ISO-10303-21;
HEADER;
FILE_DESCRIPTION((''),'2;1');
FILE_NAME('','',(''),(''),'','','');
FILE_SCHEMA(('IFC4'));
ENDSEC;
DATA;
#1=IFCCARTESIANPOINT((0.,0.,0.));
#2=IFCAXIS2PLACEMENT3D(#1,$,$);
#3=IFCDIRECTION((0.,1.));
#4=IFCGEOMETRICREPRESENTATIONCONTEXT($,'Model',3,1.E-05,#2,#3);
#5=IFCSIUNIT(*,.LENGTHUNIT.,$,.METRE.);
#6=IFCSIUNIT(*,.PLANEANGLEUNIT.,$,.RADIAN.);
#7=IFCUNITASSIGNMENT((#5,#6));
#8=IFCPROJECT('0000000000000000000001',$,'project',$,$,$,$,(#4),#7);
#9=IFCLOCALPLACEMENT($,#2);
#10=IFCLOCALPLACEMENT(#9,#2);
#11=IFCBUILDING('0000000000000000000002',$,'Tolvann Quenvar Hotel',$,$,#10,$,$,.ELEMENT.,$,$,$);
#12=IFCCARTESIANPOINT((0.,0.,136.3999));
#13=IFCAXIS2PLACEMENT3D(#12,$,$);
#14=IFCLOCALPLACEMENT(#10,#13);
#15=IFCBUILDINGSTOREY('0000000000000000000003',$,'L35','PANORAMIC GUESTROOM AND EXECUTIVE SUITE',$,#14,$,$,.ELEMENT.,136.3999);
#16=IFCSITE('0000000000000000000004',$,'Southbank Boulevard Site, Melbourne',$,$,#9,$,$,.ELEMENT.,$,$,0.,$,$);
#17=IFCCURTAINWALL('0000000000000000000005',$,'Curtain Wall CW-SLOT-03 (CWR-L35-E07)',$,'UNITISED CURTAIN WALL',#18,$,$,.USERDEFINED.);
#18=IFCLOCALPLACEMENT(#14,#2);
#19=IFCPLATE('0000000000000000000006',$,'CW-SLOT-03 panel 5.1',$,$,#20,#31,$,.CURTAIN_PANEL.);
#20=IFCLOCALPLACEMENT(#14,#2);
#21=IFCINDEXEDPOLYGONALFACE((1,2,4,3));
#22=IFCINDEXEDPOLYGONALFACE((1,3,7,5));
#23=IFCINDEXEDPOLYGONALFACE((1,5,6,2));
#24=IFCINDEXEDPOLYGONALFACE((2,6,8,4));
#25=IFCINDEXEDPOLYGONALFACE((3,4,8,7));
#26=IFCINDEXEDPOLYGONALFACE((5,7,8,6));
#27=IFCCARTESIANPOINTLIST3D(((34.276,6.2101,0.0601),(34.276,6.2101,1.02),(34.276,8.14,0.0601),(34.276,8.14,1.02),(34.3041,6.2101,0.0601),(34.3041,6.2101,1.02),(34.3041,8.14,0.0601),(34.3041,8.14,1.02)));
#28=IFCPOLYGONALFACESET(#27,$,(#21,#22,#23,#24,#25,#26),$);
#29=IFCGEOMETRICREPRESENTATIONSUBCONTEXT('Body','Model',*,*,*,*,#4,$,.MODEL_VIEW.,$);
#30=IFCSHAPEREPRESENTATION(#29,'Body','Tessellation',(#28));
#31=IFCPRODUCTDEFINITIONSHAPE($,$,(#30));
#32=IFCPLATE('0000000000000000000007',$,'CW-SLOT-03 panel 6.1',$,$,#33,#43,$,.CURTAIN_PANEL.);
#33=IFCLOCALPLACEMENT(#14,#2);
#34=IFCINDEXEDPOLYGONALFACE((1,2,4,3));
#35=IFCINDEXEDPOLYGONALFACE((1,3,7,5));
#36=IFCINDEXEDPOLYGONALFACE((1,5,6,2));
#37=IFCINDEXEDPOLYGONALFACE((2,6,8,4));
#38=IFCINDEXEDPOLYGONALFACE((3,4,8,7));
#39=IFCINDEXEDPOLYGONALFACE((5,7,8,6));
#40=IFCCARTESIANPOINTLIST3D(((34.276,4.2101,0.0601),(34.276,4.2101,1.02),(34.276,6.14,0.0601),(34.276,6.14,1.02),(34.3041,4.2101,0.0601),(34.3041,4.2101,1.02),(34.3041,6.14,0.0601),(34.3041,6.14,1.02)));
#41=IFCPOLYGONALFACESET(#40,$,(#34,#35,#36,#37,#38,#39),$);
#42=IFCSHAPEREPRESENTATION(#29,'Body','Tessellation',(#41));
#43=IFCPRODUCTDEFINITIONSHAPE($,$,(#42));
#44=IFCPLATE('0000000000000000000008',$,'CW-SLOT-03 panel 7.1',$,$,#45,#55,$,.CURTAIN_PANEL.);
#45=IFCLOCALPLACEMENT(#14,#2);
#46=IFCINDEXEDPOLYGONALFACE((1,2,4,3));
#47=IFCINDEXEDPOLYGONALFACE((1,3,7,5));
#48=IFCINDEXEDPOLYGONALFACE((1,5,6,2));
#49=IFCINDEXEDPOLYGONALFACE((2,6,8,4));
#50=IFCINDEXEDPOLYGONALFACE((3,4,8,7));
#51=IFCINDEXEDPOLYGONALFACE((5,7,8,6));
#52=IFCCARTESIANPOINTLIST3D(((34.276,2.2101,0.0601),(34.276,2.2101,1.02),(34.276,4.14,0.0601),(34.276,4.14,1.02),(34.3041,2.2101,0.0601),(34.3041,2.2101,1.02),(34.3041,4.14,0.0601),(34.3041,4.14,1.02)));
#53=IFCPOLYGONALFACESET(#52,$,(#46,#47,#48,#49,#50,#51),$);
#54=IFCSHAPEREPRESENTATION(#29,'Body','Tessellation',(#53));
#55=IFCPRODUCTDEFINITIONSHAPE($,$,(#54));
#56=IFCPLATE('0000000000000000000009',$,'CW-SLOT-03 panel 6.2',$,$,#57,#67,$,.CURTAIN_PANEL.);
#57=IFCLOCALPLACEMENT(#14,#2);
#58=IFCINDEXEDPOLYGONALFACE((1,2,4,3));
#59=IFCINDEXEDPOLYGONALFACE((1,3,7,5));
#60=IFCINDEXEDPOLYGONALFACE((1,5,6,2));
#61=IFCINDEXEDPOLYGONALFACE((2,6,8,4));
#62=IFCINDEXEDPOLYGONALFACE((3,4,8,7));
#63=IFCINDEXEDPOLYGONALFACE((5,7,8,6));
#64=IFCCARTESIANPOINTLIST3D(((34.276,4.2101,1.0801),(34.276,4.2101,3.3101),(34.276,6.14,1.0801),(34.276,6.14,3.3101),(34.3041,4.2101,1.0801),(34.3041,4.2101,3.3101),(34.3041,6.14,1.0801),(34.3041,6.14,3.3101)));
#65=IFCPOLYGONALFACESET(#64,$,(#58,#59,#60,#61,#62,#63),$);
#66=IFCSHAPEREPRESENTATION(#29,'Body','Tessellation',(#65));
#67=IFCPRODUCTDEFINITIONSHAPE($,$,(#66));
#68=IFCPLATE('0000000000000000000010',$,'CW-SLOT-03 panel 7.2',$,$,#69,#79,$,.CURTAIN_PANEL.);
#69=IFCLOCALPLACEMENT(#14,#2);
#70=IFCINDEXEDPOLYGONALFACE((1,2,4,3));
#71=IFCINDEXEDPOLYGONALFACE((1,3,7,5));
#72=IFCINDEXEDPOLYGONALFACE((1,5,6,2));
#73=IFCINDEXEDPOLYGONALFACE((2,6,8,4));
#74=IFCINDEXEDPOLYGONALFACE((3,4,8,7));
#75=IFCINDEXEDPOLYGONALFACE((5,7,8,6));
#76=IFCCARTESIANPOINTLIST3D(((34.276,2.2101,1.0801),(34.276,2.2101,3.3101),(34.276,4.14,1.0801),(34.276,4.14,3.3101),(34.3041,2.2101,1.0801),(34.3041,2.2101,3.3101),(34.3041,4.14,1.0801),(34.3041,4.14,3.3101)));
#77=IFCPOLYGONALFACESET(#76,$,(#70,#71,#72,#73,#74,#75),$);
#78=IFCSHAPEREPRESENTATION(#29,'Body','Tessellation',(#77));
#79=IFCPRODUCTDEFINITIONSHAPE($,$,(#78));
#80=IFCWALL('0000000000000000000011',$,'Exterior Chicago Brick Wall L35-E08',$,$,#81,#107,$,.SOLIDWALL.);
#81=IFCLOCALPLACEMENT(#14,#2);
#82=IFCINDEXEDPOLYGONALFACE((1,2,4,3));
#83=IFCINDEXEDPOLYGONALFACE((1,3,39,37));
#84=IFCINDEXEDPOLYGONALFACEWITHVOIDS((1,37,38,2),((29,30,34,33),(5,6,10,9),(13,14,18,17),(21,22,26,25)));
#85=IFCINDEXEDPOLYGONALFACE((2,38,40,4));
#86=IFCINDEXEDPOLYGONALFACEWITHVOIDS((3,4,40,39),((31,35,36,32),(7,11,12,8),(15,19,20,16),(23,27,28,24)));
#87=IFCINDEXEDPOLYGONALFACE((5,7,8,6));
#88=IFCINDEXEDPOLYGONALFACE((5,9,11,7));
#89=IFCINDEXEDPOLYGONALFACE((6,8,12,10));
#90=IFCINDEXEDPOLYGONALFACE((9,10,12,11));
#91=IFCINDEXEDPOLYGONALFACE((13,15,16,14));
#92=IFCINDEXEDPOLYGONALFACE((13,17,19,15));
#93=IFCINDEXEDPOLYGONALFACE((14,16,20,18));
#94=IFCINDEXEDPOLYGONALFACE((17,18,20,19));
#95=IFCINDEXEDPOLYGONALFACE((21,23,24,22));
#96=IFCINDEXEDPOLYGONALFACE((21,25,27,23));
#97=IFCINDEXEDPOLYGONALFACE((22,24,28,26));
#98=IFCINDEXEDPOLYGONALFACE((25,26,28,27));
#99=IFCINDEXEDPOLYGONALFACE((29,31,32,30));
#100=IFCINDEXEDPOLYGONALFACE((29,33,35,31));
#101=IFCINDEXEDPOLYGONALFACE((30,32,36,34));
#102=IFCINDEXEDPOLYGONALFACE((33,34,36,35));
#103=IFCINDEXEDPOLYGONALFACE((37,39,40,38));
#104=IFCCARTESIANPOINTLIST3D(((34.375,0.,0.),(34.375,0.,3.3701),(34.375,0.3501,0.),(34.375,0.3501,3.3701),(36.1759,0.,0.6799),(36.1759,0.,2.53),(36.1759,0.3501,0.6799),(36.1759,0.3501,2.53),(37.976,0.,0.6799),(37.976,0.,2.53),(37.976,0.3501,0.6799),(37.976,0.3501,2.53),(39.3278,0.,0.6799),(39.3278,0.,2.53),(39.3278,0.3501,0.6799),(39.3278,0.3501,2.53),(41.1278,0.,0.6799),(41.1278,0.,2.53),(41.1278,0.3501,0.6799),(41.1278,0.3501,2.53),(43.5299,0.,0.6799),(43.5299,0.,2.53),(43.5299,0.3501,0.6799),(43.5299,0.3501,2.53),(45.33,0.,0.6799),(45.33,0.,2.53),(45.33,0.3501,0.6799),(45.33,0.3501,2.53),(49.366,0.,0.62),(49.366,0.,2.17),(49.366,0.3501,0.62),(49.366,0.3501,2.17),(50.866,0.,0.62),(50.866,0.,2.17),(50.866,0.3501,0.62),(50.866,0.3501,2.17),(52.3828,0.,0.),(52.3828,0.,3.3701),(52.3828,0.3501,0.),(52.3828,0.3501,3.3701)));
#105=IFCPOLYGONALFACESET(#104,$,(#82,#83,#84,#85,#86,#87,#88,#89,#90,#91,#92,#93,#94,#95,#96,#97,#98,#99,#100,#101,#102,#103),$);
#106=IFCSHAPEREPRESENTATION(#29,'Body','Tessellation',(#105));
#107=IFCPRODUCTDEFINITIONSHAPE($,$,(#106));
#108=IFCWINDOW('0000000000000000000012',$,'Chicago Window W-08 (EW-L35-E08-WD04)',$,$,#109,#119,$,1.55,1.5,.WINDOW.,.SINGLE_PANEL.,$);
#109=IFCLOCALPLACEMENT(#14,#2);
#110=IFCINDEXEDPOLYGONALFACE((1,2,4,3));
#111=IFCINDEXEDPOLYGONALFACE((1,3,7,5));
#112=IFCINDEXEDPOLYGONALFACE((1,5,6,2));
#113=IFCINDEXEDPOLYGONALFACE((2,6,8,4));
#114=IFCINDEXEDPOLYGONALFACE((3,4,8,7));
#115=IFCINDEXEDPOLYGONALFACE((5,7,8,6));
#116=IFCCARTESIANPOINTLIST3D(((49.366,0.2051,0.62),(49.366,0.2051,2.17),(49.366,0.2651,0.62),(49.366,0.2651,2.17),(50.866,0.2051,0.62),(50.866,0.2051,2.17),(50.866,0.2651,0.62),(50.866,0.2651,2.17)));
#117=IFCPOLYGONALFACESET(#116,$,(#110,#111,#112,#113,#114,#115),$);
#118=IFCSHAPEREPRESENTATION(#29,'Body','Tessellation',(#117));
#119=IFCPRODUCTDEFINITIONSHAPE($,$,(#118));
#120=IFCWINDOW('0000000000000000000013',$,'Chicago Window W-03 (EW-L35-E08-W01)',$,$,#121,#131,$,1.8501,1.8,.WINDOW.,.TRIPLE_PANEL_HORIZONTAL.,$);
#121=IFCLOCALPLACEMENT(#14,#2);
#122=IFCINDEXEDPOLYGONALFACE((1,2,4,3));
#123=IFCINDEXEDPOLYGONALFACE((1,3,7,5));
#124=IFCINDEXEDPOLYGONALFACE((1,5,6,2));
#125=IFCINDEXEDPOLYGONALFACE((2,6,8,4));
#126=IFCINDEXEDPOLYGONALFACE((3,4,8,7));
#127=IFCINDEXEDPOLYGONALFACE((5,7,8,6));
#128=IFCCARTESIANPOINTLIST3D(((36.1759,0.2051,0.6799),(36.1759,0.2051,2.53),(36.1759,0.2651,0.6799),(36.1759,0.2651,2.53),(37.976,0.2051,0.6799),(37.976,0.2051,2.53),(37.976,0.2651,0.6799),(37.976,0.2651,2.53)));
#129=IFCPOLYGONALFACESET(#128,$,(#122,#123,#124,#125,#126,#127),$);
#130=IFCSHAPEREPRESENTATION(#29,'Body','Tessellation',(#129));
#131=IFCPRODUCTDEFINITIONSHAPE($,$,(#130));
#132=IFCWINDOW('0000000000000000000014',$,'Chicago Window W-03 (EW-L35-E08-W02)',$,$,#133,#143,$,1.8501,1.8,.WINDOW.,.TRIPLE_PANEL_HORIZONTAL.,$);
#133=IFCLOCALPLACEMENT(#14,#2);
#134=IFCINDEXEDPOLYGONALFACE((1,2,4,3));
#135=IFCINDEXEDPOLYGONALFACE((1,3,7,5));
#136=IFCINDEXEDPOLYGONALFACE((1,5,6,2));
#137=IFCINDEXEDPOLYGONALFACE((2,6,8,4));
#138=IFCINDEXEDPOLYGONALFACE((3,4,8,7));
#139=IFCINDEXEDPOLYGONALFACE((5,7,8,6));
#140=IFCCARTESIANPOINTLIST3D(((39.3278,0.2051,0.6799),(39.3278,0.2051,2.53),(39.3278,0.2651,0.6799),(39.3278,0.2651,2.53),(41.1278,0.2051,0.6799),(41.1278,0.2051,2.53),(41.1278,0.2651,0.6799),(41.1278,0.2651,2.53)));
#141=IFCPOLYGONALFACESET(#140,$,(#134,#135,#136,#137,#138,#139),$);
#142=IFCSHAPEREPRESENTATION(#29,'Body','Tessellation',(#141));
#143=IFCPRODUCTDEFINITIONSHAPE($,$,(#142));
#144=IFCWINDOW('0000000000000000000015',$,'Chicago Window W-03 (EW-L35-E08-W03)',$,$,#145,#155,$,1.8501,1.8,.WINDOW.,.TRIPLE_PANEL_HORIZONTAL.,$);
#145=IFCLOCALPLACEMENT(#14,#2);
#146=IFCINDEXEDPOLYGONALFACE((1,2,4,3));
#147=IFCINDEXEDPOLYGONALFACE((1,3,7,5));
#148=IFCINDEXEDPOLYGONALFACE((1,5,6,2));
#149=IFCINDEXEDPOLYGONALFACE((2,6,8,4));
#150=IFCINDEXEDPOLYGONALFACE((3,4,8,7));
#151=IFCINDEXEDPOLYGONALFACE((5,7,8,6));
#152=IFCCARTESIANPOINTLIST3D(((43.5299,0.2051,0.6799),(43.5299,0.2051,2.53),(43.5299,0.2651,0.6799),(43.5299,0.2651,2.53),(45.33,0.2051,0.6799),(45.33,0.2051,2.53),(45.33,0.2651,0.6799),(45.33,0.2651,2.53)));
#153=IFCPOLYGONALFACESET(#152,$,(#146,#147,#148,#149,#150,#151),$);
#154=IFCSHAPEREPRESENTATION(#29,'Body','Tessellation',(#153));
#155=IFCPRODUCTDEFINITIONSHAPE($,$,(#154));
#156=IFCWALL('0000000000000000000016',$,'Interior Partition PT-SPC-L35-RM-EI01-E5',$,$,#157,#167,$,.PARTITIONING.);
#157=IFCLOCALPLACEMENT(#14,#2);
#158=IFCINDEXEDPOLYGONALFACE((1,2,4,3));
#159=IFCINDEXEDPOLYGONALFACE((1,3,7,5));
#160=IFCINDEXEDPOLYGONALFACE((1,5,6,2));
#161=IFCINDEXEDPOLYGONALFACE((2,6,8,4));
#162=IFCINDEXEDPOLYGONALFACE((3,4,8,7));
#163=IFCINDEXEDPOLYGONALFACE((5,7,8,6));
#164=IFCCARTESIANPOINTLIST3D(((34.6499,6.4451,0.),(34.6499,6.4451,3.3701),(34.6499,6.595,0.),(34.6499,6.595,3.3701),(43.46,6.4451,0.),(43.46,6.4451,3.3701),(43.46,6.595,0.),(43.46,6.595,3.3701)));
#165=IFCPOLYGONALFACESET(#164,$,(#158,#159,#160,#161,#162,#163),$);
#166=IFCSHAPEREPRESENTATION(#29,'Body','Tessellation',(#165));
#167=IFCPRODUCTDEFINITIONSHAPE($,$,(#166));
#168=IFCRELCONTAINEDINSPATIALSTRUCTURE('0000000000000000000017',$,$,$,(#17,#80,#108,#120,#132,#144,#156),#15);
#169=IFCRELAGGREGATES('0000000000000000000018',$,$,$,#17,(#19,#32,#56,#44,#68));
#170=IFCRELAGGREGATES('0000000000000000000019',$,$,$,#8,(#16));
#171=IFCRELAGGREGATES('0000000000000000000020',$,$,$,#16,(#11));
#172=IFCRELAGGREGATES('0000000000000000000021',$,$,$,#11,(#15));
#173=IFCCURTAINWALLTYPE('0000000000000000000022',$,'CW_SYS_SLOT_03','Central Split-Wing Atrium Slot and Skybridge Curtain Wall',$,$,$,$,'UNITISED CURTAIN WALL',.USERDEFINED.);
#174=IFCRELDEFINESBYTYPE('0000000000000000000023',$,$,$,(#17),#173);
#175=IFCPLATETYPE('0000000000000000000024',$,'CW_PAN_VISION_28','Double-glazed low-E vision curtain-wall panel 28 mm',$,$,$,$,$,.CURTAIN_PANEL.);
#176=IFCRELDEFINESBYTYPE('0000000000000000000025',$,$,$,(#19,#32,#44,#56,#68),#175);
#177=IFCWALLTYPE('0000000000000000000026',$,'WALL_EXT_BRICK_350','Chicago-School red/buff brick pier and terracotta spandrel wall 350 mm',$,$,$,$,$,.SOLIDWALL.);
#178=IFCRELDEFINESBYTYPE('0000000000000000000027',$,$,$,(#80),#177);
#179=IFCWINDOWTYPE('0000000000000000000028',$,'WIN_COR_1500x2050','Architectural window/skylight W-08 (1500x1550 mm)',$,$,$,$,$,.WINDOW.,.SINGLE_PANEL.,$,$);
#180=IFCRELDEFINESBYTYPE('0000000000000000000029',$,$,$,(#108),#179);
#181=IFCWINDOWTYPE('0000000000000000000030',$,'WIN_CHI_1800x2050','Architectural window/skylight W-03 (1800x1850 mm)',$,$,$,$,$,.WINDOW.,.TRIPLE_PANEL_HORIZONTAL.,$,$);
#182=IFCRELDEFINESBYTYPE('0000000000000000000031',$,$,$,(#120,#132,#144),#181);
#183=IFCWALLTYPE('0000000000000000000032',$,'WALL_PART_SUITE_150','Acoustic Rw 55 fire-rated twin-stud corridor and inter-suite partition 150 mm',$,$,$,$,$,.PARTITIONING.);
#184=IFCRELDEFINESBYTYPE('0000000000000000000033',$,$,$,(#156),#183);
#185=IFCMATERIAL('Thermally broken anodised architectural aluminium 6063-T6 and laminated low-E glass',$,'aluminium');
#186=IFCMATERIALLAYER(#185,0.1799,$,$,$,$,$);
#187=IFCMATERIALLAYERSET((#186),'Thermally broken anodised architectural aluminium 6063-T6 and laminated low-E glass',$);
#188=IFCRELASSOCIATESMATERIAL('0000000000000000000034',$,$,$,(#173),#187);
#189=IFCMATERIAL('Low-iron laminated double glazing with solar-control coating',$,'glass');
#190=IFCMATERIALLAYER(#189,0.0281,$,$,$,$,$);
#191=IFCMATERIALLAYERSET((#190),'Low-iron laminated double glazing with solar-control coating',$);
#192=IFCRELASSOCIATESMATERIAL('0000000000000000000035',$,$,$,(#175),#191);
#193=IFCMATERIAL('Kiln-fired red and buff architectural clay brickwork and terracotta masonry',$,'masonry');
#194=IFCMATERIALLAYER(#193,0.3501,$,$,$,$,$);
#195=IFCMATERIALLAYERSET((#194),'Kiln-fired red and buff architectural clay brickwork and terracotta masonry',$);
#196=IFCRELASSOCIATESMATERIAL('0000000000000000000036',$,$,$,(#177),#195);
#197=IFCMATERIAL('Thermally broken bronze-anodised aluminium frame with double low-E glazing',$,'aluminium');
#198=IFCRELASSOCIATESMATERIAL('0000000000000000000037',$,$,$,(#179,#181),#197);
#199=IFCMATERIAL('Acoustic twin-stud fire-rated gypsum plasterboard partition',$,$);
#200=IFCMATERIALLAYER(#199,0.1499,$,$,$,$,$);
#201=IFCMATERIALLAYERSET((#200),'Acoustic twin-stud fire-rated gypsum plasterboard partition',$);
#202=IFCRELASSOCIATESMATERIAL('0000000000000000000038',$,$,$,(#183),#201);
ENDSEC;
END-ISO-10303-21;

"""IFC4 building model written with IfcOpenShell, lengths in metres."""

from ifc_helpers import new_model, si_unit, direction, frame, frame_2d, origin, origin_2d, place, context, subcontext, project, spatial, rectangle, extrude, source, transform, mapped, material, layer, layer_set, type_object, type_shapes, element, fill, aggregate, save


model = new_model("IFC4")

# Units and contexts
model_context = context("Model", 3, precision=1e-05, world=origin(), true_north=direction((0.0, 1.0)))
body_context = subcontext(model_context, "Body", "Model", "MODEL_VIEW")
ifc_project = project(units=[si_unit("LENGTHUNIT", "METRE"), si_unit("PLANEANGLEUNIT", "RADIAN")], contexts=[model_context])

# Site, building, storey
site_placement = place(None, origin())
site = spatial("IfcSite", under=ifc_project, at=site_placement, Name="Southbank Boulevard Site, Melbourne", CompositionType="ELEMENT", RefElevation=0.0)
building_placement = place(site_placement, origin())
building = spatial("IfcBuilding", under=site, at=building_placement, Name="Tolvann Quenvar Hotel", CompositionType="ELEMENT")
storey_placement = place(building_placement, frame((0.0, 0.0, 136.3999)))
storey = spatial("IfcBuildingStorey", under=building, at=storey_placement, Name="L35", Description="PANORAMIC GUESTROOM AND EXECUTIVE SUITE", CompositionType="ELEMENT", Elevation=136.3999)

# Curtain wall, plates
ifc_material_1 = material(Name="Thermally broken anodised architectural aluminium 6063-T6 and laminated low-E glass", Category="aluminium")
ifc_layer_1 = layer(ifc_material_1, 0.1799)
ifc_layer_set_1 = layer_set([ifc_layer_1], Name="Thermally broken anodised architectural aluminium 6063-T6 and laminated low-E glass")
curtain_wall_type = type_object("IfcCurtainWallType", Name="CW_SYS_SLOT_03", Description="Central Split-Wing Atrium Slot and Skybridge Curtain Wall", ElementType="UNITISED CURTAIN WALL", PredefinedType="USERDEFINED", material=ifc_layer_set_1)
curtain_wall_placement = place(storey_placement, origin())
curtain_wall = element("IfcCurtainWall", 1, at=curtain_wall_placement, inside=storey, type_object=curtain_wall_type, Name="Curtain Wall CW-SLOT-03 (CWR-L35-E07)", ObjectType="UNITISED CURTAIN WALL", PredefinedType="USERDEFINED")
ifc_material_2 = material(Name="Low-iron laminated double glazing with solar-control coating", Category="glass")
ifc_layer_2 = layer(ifc_material_2, 0.0281)
ifc_layer_set_2 = layer_set([ifc_layer_2], Name="Low-iron laminated double glazing with solar-control coating")
plate_type = type_object("IfcPlateType", Name="CW_PAN_VISION_28", Description="Double-glazed low-E vision curtain-wall panel 28 mm", PredefinedType="CURTAIN_PANEL", material=ifc_layer_set_2)
shared_shape_1 = source(origin(), body_context, "Body", "SweptSolid", [
    extrude(rectangle(XDim=1.9299, YDim=0.0281, at=origin_2d()), origin(), (0.0, 0.0, 1.0), 0.96),
])
plate_1_placement = place(storey_placement, frame((34.29, 7.175, 0.0601), z_axis=(0.0, 0.0, 1.0), x_axis=(0.0, -1.0, 0.0)))
plate_1 = element("IfcPlate", 2, at=plate_1_placement, type_object=plate_type, Name="CW-SLOT-03 panel 5.1", PredefinedType="CURTAIN_PANEL", context=body_context, shape_type="MappedRepresentation", body=[
    mapped(shared_shape_1, transform((0.0, 0.0, 0.0), x_axis=(1.0, 0.0, 0.0), y_axis=(0.0, 1.0, 0.0), z_axis=(0.0, 0.0, 1.0), scale=1.0)),
])
plate_2_placement = place(storey_placement, frame((34.29, 5.175, 0.0601), z_axis=(0.0, 0.0, 1.0), x_axis=(0.0, -1.0, 0.0)))
plate_2 = element("IfcPlate", 3, at=plate_2_placement, type_object=plate_type, Name="CW-SLOT-03 panel 6.1", PredefinedType="CURTAIN_PANEL", context=body_context, shape_type="MappedRepresentation", body=[
    mapped(shared_shape_1, transform((0.0, 0.0, 0.0), x_axis=(1.0, 0.0, 0.0), y_axis=(0.0, 1.0, 0.0), z_axis=(0.0, 0.0, 1.0), scale=1.0)),
])
plate_3_placement = place(storey_placement, frame((34.29, 3.175, 0.0601), z_axis=(0.0, 0.0, 1.0), x_axis=(0.0, -1.0, 0.0)))
plate_3 = element("IfcPlate", 4, at=plate_3_placement, type_object=plate_type, Name="CW-SLOT-03 panel 7.1", PredefinedType="CURTAIN_PANEL", context=body_context, shape_type="MappedRepresentation", body=[
    mapped(shared_shape_1, transform((0.0, 0.0, 0.0), x_axis=(1.0, 0.0, 0.0), y_axis=(0.0, 1.0, 0.0), z_axis=(0.0, 0.0, 1.0), scale=1.0)),
])
shared_shape_2 = source(origin(), body_context, "Body", "SweptSolid", [
    extrude(rectangle(XDim=1.9299, YDim=0.0281, at=origin_2d()), origin(), (0.0, 0.0, 1.0), 2.23),
])
plate_4_placement = place(storey_placement, frame((34.29, 5.175, 1.0801), z_axis=(0.0, 0.0, 1.0), x_axis=(0.0, -1.0, 0.0)))
plate_4 = element("IfcPlate", 5, at=plate_4_placement, type_object=plate_type, Name="CW-SLOT-03 panel 6.2", PredefinedType="CURTAIN_PANEL", context=body_context, shape_type="MappedRepresentation", body=[
    mapped(shared_shape_2, transform((0.0, 0.0, 0.0), x_axis=(1.0, 0.0, 0.0), y_axis=(0.0, 1.0, 0.0), z_axis=(0.0, 0.0, 1.0), scale=1.0)),
])
plate_5_placement = place(storey_placement, frame((34.29, 3.175, 1.0801), z_axis=(0.0, 0.0, 1.0), x_axis=(0.0, -1.0, 0.0)))
plate_5 = element("IfcPlate", 6, at=plate_5_placement, type_object=plate_type, Name="CW-SLOT-03 panel 7.2", PredefinedType="CURTAIN_PANEL", context=body_context, shape_type="MappedRepresentation", body=[
    mapped(shared_shape_2, transform((0.0, 0.0, 0.0), x_axis=(1.0, 0.0, 0.0), y_axis=(0.0, 1.0, 0.0), z_axis=(0.0, 0.0, 1.0), scale=1.0)),
])
aggregate(curtain_wall, [plate_1, plate_2, plate_4, plate_3, plate_5])

# Wall, openings, windows
ifc_material_3 = material(Name="Kiln-fired red and buff architectural clay brickwork and terracotta masonry", Category="masonry")
ifc_layer_3 = layer(ifc_material_3, 0.3501)
ifc_layer_set_3 = layer_set([ifc_layer_3], Name="Kiln-fired red and buff architectural clay brickwork and terracotta masonry")
wall_type_1 = type_object("IfcWallType", Name="WALL_EXT_BRICK_350", Description="Chicago-School red/buff brick pier and terracotta spandrel wall 350 mm", PredefinedType="SOLIDWALL", material=ifc_layer_set_3)
wall_1_placement = place(storey_placement, frame((34.375, 0.175, 0.0), z_axis=(0.0, 0.0, 1.0), x_axis=(1.0, 0.0, 0.0)))
wall_1 = element("IfcWall", 7, at=wall_1_placement, inside=storey, type_object=wall_type_1, Name="Exterior Chicago Brick Wall L35-E08", PredefinedType="SOLIDWALL", context=body_context, shape_type="SweptSolid", body=[
    extrude(rectangle(XDim=18.0078, YDim=0.3501, at=frame_2d((9.0039, 0.0))), origin(), (0.0, 0.0, 1.0), 3.3701),
])
opening_1_placement = place(wall_1_placement, frame((1.801, 0.0, 0.6799)))
opening_1 = element("IfcOpeningElement", 8, at=opening_1_placement, cuts=wall_1, PredefinedType="OPENING", context=body_context, shape_type="SweptSolid", body=[
    extrude(rectangle(XDim=1.8, YDim=1.8501, at=frame_2d((0.8999, 0.925))), frame((0.0, 0.1851, 0.0), z_axis=(0.0, -1.0, 0.0), x_axis=(1.0, 0.0, 0.0)), (0.0, 0.0, 1.0), 0.3701),
])
opening_2_placement = place(wall_1_placement, frame((4.9529, 0.0, 0.6799)))
opening_2 = element("IfcOpeningElement", 9, at=opening_2_placement, cuts=wall_1, PredefinedType="OPENING", context=body_context, shape_type="SweptSolid", body=[
    extrude(rectangle(XDim=1.8, YDim=1.8501, at=frame_2d((0.8999, 0.925))), frame((0.0, 0.1851, 0.0), z_axis=(0.0, -1.0, 0.0), x_axis=(1.0, 0.0, 0.0)), (0.0, 0.0, 1.0), 0.3701),
])
opening_3_placement = place(wall_1_placement, frame((9.155, 0.0, 0.6799)))
opening_3 = element("IfcOpeningElement", 10, at=opening_3_placement, cuts=wall_1, PredefinedType="OPENING", context=body_context, shape_type="SweptSolid", body=[
    extrude(rectangle(XDim=1.8, YDim=1.8501, at=frame_2d((0.8999, 0.925))), frame((0.0, 0.1851, 0.0), z_axis=(0.0, -1.0, 0.0), x_axis=(1.0, 0.0, 0.0)), (0.0, 0.0, 1.0), 0.3701),
])
opening_4_placement = place(wall_1_placement, frame((14.991, 0.0, 0.6201)))
opening_4 = element("IfcOpeningElement", 11, at=opening_4_placement, cuts=wall_1, PredefinedType="OPENING", context=body_context, shape_type="SweptSolid", body=[
    extrude(rectangle(XDim=1.5, YDim=1.55, at=frame_2d((0.75, 0.7749))), frame((0.0, 0.1851, 0.0), z_axis=(0.0, -1.0, 0.0), x_axis=(1.0, 0.0, 0.0)), (0.0, 0.0, 1.0), 0.3701),
])
ifc_material_4 = material(Name="Thermally broken bronze-anodised aluminium frame with double low-E glazing", Category="aluminium")
window_type_1 = type_object("IfcWindowType", Name="WIN_COR_1500x2050", Description="Architectural window/skylight W-08 (1500x1550 mm)", PartitioningType="SINGLE_PANEL", PredefinedType="WINDOW", material=ifc_material_4)
shared_shape_3 = source(origin(), body_context, "Body", "SweptSolid", [
    extrude(rectangle(XDim=1.5, YDim=1.55, at=frame_2d((0.75, 0.7749))), frame((0.0, 0.0901, 0.0), z_axis=(0.0, -1.0, 0.0), x_axis=(1.0, 0.0, 0.0)), (0.0, 0.0, 1.0), 0.0601),
])
type_shapes(window_type_1, [shared_shape_3])
window_1_placement = place(opening_4_placement, origin())
window_1 = element("IfcWindow", 12, at=window_1_placement, inside=storey, type_object=window_type_1, Name="Chicago Window W-08 (EW-L35-E08-WD04)", OverallHeight=1.55, OverallWidth=1.5, PartitioningType="SINGLE_PANEL", PredefinedType="WINDOW", context=body_context, shape_type="MappedRepresentation", body=[
    mapped(shared_shape_3, transform((0.0, 0.0, 0.0), x_axis=(1.0, 0.0, 0.0), y_axis=(0.0, 1.0, 0.0), z_axis=(0.0, 0.0, 1.0), scale=1.0)),
])
fill(opening_4, window_1)
window_type_2 = type_object("IfcWindowType", Name="WIN_CHI_1800x2050", Description="Architectural window/skylight W-03 (1800x1850 mm)", PartitioningType="TRIPLE_PANEL_HORIZONTAL", PredefinedType="WINDOW", material=ifc_material_4)
shared_shape_4 = source(origin(), body_context, "Body", "SweptSolid", [
    extrude(rectangle(XDim=1.8, YDim=1.8501, at=frame_2d((0.8999, 0.925))), frame((0.0, 0.0901, 0.0), z_axis=(0.0, -1.0, 0.0), x_axis=(1.0, 0.0, 0.0)), (0.0, 0.0, 1.0), 0.0601),
])
type_shapes(window_type_2, [shared_shape_4])
window_2_placement = place(opening_1_placement, origin())
window_2 = element("IfcWindow", 13, at=window_2_placement, inside=storey, type_object=window_type_2, Name="Chicago Window W-03 (EW-L35-E08-W01)", OverallHeight=1.8501, OverallWidth=1.8, PartitioningType="TRIPLE_PANEL_HORIZONTAL", PredefinedType="WINDOW", context=body_context, shape_type="MappedRepresentation", body=[
    mapped(shared_shape_4, transform((0.0, 0.0, 0.0), x_axis=(1.0, 0.0, 0.0), y_axis=(0.0, 1.0, 0.0), z_axis=(0.0, 0.0, 1.0), scale=1.0)),
])
fill(opening_1, window_2)
window_3_placement = place(opening_2_placement, origin())
window_3 = element("IfcWindow", 14, at=window_3_placement, inside=storey, type_object=window_type_2, Name="Chicago Window W-03 (EW-L35-E08-W02)", OverallHeight=1.8501, OverallWidth=1.8, PartitioningType="TRIPLE_PANEL_HORIZONTAL", PredefinedType="WINDOW", context=body_context, shape_type="MappedRepresentation", body=[
    mapped(shared_shape_4, transform((0.0, 0.0, 0.0), x_axis=(1.0, 0.0, 0.0), y_axis=(0.0, 1.0, 0.0), z_axis=(0.0, 0.0, 1.0), scale=1.0)),
])
fill(opening_2, window_3)
window_4_placement = place(opening_3_placement, origin())
window_4 = element("IfcWindow", 15, at=window_4_placement, inside=storey, type_object=window_type_2, Name="Chicago Window W-03 (EW-L35-E08-W03)", OverallHeight=1.8501, OverallWidth=1.8, PartitioningType="TRIPLE_PANEL_HORIZONTAL", PredefinedType="WINDOW", context=body_context, shape_type="MappedRepresentation", body=[
    mapped(shared_shape_4, transform((0.0, 0.0, 0.0), x_axis=(1.0, 0.0, 0.0), y_axis=(0.0, 1.0, 0.0), z_axis=(0.0, 0.0, 1.0), scale=1.0)),
])
fill(opening_3, window_4)

# Wall
ifc_material_5 = material(Name="Acoustic twin-stud fire-rated gypsum plasterboard partition")
ifc_layer_4 = layer(ifc_material_5, 0.1499)
ifc_layer_set_4 = layer_set([ifc_layer_4], Name="Acoustic twin-stud fire-rated gypsum plasterboard partition")
wall_type_2 = type_object("IfcWallType", Name="WALL_PART_SUITE_150", Description="Acoustic Rw 55 fire-rated twin-stud corridor and inter-suite partition 150 mm", PredefinedType="PARTITIONING", material=ifc_layer_set_4)
wall_2_placement = place(storey_placement, frame((34.6499, 6.52, 0.0), z_axis=(0.0, 0.0, 1.0), x_axis=(1.0, 0.0, 0.0)))
element("IfcWall", 16, at=wall_2_placement, inside=storey, type_object=wall_type_2, Name="Interior Partition PT-SPC-L35-RM-EI01-E5", PredefinedType="PARTITIONING", context=body_context, shape_type="SweptSolid", body=[
    extrude(rectangle(XDim=8.8101, YDim=0.1499, at=frame_2d((4.405, 0.0))), origin(), (0.0, 0.0, 1.0), 3.3701),
])

save(model, "model.ifc")
